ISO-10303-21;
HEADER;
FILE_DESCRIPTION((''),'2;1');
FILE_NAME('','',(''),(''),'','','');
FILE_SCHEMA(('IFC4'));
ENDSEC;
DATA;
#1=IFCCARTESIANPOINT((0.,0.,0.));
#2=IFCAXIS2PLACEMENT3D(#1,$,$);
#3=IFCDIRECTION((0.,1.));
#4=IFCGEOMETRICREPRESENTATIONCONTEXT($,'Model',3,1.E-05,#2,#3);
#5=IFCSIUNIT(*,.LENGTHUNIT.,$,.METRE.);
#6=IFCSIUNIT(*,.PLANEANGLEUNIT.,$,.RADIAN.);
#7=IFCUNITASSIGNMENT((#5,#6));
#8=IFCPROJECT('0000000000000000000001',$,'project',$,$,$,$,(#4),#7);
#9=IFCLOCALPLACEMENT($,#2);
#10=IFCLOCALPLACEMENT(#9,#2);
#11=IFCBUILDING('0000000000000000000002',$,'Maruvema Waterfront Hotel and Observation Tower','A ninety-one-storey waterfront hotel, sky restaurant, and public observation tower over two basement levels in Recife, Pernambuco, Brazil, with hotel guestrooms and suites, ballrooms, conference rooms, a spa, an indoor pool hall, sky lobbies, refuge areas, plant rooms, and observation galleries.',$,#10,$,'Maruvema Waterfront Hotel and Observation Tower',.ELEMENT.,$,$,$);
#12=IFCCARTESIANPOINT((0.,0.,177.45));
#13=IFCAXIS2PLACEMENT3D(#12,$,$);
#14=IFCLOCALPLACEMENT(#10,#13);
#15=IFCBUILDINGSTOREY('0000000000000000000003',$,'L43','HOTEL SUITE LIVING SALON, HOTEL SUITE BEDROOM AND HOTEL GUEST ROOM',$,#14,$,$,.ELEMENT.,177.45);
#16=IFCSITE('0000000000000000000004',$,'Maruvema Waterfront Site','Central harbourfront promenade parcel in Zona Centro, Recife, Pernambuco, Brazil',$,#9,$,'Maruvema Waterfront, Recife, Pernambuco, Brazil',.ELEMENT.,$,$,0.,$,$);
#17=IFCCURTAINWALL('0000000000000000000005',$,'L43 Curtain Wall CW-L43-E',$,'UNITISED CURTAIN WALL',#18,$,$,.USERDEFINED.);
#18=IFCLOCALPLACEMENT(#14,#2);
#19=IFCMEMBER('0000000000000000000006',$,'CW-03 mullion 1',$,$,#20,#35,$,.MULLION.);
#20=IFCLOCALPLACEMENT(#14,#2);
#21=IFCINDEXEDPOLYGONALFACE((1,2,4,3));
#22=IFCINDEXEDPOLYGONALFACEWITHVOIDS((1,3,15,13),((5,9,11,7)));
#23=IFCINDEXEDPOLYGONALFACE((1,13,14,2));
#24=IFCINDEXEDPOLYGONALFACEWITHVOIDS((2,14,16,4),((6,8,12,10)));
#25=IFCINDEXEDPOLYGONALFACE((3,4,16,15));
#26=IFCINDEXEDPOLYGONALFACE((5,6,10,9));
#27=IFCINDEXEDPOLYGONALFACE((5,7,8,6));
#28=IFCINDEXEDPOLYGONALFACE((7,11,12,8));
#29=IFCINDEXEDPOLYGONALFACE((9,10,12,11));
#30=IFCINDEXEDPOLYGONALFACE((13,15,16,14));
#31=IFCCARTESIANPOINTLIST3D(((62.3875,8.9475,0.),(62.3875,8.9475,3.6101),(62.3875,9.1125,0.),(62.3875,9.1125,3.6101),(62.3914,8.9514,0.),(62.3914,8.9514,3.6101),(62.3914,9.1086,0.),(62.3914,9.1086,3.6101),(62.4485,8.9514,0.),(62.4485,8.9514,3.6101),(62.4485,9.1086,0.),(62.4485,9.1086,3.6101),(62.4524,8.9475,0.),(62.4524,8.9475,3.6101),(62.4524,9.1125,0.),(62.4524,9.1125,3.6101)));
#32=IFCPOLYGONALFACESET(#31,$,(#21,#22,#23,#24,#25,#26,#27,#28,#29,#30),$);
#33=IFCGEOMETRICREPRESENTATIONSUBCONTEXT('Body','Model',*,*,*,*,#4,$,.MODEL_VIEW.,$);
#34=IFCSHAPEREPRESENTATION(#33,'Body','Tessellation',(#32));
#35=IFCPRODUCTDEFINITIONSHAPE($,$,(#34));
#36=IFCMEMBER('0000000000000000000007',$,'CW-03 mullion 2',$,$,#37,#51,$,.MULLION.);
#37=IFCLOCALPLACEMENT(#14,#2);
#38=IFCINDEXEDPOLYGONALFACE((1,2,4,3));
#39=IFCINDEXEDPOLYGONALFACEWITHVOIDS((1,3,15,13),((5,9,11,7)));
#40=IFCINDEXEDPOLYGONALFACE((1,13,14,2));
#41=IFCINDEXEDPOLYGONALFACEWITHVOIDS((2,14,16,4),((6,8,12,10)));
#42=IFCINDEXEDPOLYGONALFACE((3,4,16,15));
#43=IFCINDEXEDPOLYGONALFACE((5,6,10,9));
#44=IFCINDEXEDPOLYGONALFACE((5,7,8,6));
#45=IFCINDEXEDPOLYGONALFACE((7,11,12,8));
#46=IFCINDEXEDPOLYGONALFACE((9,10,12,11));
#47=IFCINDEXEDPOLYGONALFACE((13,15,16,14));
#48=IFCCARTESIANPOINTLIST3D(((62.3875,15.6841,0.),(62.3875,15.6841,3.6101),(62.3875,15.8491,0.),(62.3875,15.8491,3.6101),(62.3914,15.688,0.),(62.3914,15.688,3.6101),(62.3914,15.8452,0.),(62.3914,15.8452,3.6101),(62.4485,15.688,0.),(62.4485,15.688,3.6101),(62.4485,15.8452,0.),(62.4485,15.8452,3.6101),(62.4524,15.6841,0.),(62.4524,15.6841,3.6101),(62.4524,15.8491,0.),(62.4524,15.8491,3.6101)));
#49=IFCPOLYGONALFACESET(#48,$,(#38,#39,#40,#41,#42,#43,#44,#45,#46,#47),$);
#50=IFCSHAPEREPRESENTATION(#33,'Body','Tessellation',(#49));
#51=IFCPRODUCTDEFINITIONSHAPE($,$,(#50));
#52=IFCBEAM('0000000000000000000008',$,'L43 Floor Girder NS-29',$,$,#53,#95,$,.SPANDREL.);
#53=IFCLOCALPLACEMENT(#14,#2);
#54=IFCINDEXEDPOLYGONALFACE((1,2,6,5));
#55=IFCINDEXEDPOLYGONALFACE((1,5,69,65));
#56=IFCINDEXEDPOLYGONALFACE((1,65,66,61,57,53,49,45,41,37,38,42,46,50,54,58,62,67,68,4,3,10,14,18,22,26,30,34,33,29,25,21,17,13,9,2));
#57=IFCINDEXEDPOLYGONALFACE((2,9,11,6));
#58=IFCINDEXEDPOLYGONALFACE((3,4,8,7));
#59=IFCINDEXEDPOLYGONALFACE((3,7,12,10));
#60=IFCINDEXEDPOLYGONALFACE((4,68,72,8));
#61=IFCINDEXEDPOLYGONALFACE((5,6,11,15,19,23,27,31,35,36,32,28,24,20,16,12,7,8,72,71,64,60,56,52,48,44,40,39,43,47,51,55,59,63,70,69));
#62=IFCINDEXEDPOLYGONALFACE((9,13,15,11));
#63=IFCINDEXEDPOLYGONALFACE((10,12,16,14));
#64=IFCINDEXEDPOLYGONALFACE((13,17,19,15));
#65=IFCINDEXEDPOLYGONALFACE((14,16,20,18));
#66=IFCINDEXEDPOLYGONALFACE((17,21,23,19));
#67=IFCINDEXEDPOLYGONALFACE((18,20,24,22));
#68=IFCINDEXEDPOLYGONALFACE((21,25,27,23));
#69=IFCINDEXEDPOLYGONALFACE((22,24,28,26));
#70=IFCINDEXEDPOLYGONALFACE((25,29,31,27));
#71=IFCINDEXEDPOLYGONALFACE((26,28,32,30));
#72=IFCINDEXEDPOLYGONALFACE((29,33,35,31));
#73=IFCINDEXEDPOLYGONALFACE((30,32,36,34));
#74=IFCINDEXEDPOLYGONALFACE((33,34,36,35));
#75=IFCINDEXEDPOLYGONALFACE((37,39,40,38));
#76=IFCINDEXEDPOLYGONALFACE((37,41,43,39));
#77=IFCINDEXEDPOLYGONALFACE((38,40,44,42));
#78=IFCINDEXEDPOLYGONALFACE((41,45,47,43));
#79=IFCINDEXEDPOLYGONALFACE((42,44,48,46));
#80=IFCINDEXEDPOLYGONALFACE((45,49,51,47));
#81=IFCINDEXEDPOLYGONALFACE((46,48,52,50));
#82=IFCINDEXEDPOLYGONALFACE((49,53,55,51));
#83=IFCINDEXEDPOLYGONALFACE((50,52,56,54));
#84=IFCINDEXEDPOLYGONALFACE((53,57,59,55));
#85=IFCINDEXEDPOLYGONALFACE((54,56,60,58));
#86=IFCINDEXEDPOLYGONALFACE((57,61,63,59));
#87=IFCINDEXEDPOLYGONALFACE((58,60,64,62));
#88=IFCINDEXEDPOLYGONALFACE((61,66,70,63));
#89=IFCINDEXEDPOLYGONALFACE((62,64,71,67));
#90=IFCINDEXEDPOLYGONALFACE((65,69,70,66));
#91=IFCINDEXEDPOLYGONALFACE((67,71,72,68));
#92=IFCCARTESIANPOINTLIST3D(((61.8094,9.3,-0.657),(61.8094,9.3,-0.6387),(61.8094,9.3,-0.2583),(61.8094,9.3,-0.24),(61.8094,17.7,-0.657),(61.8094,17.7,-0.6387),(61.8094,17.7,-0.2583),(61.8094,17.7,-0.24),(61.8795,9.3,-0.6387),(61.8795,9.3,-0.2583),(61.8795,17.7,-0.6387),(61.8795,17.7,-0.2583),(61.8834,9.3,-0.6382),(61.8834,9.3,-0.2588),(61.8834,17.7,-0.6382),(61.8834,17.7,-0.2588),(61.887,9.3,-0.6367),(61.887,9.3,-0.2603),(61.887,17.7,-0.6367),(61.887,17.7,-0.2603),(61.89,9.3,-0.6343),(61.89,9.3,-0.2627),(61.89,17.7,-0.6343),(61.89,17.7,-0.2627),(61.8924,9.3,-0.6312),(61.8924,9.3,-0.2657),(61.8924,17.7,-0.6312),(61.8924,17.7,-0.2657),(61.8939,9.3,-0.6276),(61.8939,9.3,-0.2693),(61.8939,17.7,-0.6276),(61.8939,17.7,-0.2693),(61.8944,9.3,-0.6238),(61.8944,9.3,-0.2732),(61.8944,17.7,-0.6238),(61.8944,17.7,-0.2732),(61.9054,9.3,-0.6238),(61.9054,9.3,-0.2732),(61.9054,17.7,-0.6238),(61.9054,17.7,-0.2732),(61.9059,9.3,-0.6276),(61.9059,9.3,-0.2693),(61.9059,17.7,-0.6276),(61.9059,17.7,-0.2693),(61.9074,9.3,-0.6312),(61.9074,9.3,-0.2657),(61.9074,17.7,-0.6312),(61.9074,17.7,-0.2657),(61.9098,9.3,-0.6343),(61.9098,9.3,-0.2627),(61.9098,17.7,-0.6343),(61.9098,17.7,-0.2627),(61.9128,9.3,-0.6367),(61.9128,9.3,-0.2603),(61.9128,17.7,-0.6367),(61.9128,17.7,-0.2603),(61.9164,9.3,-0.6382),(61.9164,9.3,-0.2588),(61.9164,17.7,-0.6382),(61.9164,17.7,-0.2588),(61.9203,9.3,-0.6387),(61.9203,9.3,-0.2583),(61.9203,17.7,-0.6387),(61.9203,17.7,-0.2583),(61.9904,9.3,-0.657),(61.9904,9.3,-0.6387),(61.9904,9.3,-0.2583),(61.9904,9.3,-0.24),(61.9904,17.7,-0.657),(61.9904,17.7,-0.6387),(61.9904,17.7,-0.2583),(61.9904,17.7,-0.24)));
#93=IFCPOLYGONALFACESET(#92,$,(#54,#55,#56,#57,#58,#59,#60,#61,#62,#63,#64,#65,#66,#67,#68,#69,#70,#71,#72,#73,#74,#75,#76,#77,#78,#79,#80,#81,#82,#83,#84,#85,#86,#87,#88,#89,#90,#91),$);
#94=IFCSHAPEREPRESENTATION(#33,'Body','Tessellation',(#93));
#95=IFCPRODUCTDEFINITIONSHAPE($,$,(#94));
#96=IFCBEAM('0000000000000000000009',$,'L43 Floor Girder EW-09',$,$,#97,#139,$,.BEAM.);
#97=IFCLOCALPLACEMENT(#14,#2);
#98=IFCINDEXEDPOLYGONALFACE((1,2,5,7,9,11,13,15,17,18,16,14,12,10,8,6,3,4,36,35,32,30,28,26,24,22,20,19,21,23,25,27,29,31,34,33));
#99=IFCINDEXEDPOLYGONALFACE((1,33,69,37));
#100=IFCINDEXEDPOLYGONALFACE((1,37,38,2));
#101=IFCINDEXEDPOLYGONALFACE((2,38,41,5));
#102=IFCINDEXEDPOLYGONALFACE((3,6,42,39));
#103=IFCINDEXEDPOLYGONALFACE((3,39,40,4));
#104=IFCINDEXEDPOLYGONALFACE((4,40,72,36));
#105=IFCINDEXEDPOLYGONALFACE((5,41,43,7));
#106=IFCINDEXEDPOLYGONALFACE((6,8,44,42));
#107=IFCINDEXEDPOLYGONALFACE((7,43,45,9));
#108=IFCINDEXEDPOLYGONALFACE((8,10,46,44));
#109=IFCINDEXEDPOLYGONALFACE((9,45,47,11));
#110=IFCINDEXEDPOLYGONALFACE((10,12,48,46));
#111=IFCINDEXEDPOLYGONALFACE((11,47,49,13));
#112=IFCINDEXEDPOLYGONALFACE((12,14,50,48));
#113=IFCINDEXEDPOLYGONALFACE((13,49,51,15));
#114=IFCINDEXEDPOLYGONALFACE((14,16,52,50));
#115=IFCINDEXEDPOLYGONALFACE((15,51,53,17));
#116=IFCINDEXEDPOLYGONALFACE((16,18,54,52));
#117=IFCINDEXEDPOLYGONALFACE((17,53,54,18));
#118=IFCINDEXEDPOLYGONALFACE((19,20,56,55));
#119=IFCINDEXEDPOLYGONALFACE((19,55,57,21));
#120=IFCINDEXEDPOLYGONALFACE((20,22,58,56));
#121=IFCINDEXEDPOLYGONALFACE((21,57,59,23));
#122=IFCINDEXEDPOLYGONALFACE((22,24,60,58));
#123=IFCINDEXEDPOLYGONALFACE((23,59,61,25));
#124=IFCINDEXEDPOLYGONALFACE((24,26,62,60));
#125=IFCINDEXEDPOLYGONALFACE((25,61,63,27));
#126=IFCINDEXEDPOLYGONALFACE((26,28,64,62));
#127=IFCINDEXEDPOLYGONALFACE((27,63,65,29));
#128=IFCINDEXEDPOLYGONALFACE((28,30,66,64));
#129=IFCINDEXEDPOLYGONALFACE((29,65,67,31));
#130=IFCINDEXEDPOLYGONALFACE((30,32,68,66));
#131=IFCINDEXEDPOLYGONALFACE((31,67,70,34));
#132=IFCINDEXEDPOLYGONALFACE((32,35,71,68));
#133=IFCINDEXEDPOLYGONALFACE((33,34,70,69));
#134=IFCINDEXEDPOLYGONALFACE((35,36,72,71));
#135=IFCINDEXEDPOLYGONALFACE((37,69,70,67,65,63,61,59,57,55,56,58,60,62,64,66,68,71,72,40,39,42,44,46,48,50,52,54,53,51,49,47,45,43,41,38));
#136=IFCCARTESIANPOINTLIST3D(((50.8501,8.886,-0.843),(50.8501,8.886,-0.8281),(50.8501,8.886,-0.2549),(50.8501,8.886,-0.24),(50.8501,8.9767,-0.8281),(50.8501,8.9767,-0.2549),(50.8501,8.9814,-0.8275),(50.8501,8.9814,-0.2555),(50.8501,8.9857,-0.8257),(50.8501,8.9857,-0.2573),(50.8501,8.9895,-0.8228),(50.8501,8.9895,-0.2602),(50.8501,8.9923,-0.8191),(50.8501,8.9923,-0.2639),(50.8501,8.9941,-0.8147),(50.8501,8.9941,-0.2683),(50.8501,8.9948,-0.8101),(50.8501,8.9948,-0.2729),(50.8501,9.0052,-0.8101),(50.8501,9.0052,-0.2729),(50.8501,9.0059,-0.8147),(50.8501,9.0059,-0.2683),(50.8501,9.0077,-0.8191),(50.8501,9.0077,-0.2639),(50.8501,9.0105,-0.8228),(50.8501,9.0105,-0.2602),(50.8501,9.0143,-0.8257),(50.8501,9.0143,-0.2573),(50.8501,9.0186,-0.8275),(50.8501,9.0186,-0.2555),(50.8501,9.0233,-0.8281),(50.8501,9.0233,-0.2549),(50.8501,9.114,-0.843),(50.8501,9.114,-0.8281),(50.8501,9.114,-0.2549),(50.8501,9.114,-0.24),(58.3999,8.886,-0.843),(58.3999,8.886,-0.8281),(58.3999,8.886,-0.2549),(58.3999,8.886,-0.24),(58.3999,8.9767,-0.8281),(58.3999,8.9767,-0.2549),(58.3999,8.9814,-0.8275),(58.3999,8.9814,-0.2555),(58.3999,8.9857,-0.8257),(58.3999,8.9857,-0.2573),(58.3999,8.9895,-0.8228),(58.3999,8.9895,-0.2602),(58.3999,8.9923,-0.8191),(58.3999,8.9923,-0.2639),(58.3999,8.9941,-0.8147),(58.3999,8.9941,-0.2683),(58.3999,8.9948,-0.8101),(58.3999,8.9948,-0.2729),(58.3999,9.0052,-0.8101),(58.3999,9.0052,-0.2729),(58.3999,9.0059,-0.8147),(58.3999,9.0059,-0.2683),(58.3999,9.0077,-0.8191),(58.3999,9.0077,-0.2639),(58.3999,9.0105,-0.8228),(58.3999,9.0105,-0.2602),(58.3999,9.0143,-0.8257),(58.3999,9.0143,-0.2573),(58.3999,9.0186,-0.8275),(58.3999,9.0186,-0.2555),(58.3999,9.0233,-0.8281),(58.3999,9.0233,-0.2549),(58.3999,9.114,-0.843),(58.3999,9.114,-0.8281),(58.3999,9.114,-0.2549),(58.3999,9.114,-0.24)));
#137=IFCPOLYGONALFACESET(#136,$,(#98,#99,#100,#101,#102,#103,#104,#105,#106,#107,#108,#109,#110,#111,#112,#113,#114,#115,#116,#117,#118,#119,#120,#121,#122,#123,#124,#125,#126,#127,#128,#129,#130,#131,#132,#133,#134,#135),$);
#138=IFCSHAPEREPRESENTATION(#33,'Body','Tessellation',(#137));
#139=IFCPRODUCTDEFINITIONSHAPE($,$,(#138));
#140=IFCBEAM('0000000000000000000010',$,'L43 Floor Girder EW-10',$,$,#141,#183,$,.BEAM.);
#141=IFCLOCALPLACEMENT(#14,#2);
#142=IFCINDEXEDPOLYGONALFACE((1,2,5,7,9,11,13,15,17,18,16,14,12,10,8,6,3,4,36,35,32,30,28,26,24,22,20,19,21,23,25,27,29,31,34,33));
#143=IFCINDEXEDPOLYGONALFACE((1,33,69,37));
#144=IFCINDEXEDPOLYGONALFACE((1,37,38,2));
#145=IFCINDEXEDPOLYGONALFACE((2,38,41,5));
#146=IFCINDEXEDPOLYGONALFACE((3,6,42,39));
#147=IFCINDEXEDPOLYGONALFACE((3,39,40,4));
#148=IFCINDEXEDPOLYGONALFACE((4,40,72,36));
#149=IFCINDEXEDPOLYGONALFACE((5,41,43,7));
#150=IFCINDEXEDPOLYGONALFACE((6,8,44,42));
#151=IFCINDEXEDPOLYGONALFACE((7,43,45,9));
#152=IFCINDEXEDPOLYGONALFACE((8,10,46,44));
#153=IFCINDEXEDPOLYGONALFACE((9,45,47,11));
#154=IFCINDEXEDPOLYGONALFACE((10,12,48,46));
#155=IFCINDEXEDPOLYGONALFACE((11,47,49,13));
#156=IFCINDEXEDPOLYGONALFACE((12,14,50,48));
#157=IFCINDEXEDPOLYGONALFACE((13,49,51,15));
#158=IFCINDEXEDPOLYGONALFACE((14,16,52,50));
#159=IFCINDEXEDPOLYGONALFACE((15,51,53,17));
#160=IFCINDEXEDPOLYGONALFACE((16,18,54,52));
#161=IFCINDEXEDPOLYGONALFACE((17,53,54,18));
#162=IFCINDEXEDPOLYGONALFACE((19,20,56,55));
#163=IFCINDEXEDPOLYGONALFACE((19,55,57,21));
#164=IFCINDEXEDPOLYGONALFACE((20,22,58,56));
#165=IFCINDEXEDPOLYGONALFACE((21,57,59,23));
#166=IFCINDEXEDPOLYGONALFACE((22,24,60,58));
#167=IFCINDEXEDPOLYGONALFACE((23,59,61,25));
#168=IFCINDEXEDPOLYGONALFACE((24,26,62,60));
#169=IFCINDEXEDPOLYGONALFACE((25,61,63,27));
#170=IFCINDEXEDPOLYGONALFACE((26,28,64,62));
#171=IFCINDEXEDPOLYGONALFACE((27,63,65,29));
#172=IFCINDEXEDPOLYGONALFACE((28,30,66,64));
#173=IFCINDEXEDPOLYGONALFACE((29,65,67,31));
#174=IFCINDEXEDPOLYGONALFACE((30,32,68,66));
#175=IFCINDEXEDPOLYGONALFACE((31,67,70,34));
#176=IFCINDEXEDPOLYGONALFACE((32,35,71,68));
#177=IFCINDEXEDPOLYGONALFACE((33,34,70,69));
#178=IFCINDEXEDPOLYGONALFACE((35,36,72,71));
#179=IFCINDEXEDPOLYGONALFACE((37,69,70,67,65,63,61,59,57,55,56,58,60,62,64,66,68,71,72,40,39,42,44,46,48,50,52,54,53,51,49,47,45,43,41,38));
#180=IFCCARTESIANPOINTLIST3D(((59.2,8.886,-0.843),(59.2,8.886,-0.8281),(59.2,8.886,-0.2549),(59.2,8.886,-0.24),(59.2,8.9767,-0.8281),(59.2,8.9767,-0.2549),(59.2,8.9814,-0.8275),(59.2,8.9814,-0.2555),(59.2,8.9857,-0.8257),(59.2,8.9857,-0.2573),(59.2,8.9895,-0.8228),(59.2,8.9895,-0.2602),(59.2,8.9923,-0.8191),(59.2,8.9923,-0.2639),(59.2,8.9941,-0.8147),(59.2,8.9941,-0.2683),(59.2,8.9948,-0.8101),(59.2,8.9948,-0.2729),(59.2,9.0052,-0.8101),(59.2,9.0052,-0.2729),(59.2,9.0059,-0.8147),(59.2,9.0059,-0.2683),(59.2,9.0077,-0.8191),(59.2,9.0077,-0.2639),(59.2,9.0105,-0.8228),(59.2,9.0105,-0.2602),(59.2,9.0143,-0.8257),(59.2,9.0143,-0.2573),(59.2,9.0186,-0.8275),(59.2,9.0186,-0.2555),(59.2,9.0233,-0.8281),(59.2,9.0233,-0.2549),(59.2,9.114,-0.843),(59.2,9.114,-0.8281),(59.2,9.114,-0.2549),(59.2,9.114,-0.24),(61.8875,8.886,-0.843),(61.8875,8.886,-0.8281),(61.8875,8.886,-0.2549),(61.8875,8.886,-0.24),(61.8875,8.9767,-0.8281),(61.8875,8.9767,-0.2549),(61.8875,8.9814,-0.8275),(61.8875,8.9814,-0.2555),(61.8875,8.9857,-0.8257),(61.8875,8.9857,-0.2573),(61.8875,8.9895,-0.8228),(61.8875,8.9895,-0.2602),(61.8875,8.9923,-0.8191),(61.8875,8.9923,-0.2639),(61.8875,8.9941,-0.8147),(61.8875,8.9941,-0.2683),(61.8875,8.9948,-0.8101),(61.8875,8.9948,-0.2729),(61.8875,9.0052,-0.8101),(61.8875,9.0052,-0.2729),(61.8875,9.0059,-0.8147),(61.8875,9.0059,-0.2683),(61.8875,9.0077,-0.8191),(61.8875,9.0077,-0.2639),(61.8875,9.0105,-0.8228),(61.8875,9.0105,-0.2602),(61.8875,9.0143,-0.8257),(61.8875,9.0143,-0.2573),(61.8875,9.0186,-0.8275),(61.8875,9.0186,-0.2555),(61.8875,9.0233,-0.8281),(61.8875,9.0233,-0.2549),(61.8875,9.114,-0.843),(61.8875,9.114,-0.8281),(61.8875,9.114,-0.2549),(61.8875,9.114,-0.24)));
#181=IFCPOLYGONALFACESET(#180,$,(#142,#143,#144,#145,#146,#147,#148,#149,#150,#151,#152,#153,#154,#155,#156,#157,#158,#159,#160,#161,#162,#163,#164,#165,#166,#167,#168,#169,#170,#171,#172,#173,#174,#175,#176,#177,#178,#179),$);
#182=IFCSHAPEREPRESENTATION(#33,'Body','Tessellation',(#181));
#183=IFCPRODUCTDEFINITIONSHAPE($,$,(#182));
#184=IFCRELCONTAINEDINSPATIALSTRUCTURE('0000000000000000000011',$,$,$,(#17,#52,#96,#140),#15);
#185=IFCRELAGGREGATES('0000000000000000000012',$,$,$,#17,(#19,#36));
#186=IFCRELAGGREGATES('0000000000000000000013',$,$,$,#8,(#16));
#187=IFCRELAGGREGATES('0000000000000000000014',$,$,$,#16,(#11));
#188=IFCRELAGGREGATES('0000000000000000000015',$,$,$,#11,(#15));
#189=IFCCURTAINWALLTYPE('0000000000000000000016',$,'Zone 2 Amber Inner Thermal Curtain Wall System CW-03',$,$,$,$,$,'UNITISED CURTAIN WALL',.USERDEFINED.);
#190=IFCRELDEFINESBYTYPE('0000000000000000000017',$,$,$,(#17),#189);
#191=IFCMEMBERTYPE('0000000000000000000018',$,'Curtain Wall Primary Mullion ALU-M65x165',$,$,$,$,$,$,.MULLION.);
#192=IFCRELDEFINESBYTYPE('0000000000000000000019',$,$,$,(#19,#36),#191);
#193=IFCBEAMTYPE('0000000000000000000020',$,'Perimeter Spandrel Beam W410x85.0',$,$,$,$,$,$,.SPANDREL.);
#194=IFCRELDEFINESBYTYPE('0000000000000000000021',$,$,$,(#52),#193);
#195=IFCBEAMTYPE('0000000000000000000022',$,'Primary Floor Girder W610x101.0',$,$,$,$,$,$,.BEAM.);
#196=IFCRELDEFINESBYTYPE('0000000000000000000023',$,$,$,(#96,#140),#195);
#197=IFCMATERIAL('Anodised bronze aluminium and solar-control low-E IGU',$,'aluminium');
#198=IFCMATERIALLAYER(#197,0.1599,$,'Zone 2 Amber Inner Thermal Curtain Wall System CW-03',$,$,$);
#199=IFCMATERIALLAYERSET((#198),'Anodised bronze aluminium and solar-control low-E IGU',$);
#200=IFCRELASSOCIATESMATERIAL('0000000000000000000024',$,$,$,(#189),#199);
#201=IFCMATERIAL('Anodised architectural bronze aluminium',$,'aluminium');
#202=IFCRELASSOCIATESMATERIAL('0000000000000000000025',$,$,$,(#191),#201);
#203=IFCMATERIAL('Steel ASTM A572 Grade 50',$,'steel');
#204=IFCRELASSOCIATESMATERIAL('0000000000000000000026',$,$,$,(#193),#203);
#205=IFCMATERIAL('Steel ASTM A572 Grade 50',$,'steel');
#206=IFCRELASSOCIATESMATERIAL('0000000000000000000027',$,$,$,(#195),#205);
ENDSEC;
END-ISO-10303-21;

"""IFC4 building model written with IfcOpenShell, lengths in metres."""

from ifc_helpers import new_model, si_unit, direction, frame, origin, origin_2d, place, context, subcontext, project, spatial, hollow_rectangle, i_section, extrude, material, layer, layer_set, material_profile, profile_set, type_object, element, aggregate, save


model = new_model("IFC4")

# Units and contexts
model_context = context("Model", 3, precision=1e-05, world=origin(), true_north=direction((0.0, 1.0)))
body_context = subcontext(model_context, "Body", "Model", "MODEL_VIEW")
ifc_project = project(units=[si_unit("LENGTHUNIT", "METRE"), si_unit("PLANEANGLEUNIT", "RADIAN")], contexts=[model_context])

# Site, building, storey
site_placement = place(None, origin())
site = spatial("IfcSite", under=ifc_project, at=site_placement, Name="Maruvema Waterfront Site", Description="Central harbourfront promenade parcel in Zona Centro, Recife, Pernambuco, Brazil", LongName="Maruvema Waterfront, Recife, Pernambuco, Brazil", CompositionType="ELEMENT", RefElevation=0.0)
building_placement = place(site_placement, origin())
building = spatial("IfcBuilding", under=site, at=building_placement, Name="Maruvema Waterfront Hotel and Observation Tower", Description="A ninety-one-storey waterfront hotel, sky restaurant, and public observation tower over two basement levels in Recife, Pernambuco, Brazil, with hotel guestrooms and suites, ballrooms, conference rooms, a spa, an indoor pool hall, sky lobbies, refuge areas, plant rooms, and observation galleries.", LongName="Maruvema Waterfront Hotel and Observation Tower", CompositionType="ELEMENT")
storey_placement = place(building_placement, frame((0.0, 0.0, 177.45)))
storey = spatial("IfcBuildingStorey", under=building, at=storey_placement, Name="L43", Description="HOTEL SUITE LIVING SALON, HOTEL SUITE BEDROOM AND HOTEL GUEST ROOM", CompositionType="ELEMENT", Elevation=177.45)

# Curtain wall
ifc_material_1 = material(Name="Anodised bronze aluminium and solar-control low-E IGU", Category="aluminium")
ifc_layer_1 = layer(ifc_material_1, 0.1599, Name="Zone 2 Amber Inner Thermal Curtain Wall System CW-03")
ifc_layer_set_1 = layer_set([ifc_layer_1], Name="Anodised bronze aluminium and solar-control low-E IGU")
curtain_wall_type = type_object("IfcCurtainWallType", Name="Zone 2 Amber Inner Thermal Curtain Wall System CW-03", ElementType="UNITISED CURTAIN WALL", PredefinedType="USERDEFINED", material=ifc_layer_set_1)
curtain_wall_1_placement = place(storey_placement, origin())
curtain_wall_1 = element("IfcCurtainWall", 1, at=curtain_wall_1_placement, inside=storey, type_object=curtain_wall_type, Name="L43 Curtain Wall CW-L43-E", ObjectType="UNITISED CURTAIN WALL", PredefinedType="USERDEFINED")

# Members
ifc_material_2 = material(Name="Anodised architectural bronze aluminium", Category="aluminium")
ifc_material_profile_1 = material_profile(ifc_material_2, hollow_rectangle(XDim=0.0649, YDim=0.165, WallThickness=0.0039, at=origin_2d()), Name="ALU-M65x165")
ifc_profile_set_1 = profile_set([ifc_material_profile_1], Name="Anodised architectural bronze aluminium")
member_type_1 = type_object("IfcMemberType", Name="Curtain Wall Primary Mullion ALU-M65x165", PredefinedType="MULLION", material=ifc_profile_set_1)
member_1_placement = place(storey_placement, frame((62.4199, 9.03, 0.0), z_axis=(0.0, 0.0, 1.0), x_axis=(-1.0, 0.0, 0.0)))
member_1 = element("IfcMember", 2, at=member_1_placement, type_object=member_type_1, Name="CW-03 mullion 1", PredefinedType="MULLION", context=body_context, shape_type="SweptSolid", body=[
    extrude(hollow_rectangle(XDim=0.0649, YDim=0.165, WallThickness=0.0039, at=origin_2d()), origin(), (0.0, 0.0, 1.0), 3.6101),
])
member_2_placement = place(storey_placement, frame((62.4199, 15.7666, 0.0), z_axis=(0.0, 0.0, 1.0), x_axis=(-1.0, 0.0, 0.0)))
member_2 = element("IfcMember", 3, at=member_2_placement, type_object=member_type_1, Name="CW-03 mullion 2", PredefinedType="MULLION", context=body_context, shape_type="SweptSolid", body=[
    extrude(hollow_rectangle(XDim=0.0649, YDim=0.165, WallThickness=0.0039, at=origin_2d()), origin(), (0.0, 0.0, 1.0), 3.6101),
])

# Beams
ifc_material_3 = material(Name="Steel ASTM A572 Grade 50", Category="steel")
ifc_material_profile_2 = material_profile(ifc_material_3, i_section(OverallWidth=0.1809, OverallDepth=0.417, WebThickness=0.011, FlangeThickness=0.0183, FilletRadius=0.0149, at=origin_2d()), Name="W410x85.0")
ifc_profile_set_2 = profile_set([ifc_material_profile_2], Name="Steel ASTM A572 Grade 50")
beam_type_1 = type_object("IfcBeamType", Name="Perimeter Spandrel Beam W410x85.0", PredefinedType="SPANDREL", material=ifc_profile_set_2)
beam_1_placement = place(storey_placement, frame((61.8999, 9.3, -0.4485), z_axis=(0.0, 1.0, 0.0), x_axis=(-1.0, 0.0, 0.0)))
element("IfcBeam", 4, at=beam_1_placement, inside=storey, type_object=beam_type_1, Name="L43 Floor Girder NS-29", PredefinedType="SPANDREL", context=body_context, shape_type="SweptSolid", body=[
    extrude(i_section(OverallWidth=0.1809, OverallDepth=0.417, WebThickness=0.011, FlangeThickness=0.0183, FilletRadius=0.0149, at=origin_2d()), origin(), (0.0, 0.0, 1.0), 8.3999),
])
ifc_material_4 = material(Name="Steel ASTM A572 Grade 50", Category="steel")
ifc_material_profile_3 = material_profile(ifc_material_4, i_section(OverallWidth=0.228, OverallDepth=0.603, WebThickness=0.0105, FlangeThickness=0.0149, FilletRadius=0.0181, at=origin_2d()), Name="W610x101.0")
ifc_profile_set_3 = profile_set([ifc_material_profile_3], Name="Steel ASTM A572 Grade 50")
beam_type_2 = type_object("IfcBeamType", Name="Primary Floor Girder W610x101.0", PredefinedType="BEAM", material=ifc_profile_set_3)
beam_2_placement = place(storey_placement, frame((50.8501, 9.0, -0.5415), z_axis=(1.0, 0.0, 0.0), x_axis=(0.0, 1.0, 0.0)))
element("IfcBeam", 5, at=beam_2_placement, inside=storey, type_object=beam_type_2, Name="L43 Floor Girder EW-09", PredefinedType="BEAM", context=body_context, shape_type="SweptSolid", body=[
    extrude(i_section(OverallWidth=0.228, OverallDepth=0.603, WebThickness=0.0105, FlangeThickness=0.0149, FilletRadius=0.0181, at=origin_2d()), origin(), (0.0, 0.0, 1.0), 7.5498),
])
beam_3_placement = place(storey_placement, frame((59.2, 9.0, -0.5415), z_axis=(1.0, 0.0, 0.0), x_axis=(0.0, 1.0, 0.0)))
element("IfcBeam", 6, at=beam_3_placement, inside=storey, type_object=beam_type_2, Name="L43 Floor Girder EW-10", PredefinedType="BEAM", context=body_context, shape_type="SweptSolid", body=[
    extrude(i_section(OverallWidth=0.228, OverallDepth=0.603, WebThickness=0.0105, FlangeThickness=0.0149, FilletRadius=0.0181, at=origin_2d()), origin(), (0.0, 0.0, 1.0), 2.6875),
])

aggregate(curtain_wall_1, [member_1, member_2])

save(model, "model.ifc")
